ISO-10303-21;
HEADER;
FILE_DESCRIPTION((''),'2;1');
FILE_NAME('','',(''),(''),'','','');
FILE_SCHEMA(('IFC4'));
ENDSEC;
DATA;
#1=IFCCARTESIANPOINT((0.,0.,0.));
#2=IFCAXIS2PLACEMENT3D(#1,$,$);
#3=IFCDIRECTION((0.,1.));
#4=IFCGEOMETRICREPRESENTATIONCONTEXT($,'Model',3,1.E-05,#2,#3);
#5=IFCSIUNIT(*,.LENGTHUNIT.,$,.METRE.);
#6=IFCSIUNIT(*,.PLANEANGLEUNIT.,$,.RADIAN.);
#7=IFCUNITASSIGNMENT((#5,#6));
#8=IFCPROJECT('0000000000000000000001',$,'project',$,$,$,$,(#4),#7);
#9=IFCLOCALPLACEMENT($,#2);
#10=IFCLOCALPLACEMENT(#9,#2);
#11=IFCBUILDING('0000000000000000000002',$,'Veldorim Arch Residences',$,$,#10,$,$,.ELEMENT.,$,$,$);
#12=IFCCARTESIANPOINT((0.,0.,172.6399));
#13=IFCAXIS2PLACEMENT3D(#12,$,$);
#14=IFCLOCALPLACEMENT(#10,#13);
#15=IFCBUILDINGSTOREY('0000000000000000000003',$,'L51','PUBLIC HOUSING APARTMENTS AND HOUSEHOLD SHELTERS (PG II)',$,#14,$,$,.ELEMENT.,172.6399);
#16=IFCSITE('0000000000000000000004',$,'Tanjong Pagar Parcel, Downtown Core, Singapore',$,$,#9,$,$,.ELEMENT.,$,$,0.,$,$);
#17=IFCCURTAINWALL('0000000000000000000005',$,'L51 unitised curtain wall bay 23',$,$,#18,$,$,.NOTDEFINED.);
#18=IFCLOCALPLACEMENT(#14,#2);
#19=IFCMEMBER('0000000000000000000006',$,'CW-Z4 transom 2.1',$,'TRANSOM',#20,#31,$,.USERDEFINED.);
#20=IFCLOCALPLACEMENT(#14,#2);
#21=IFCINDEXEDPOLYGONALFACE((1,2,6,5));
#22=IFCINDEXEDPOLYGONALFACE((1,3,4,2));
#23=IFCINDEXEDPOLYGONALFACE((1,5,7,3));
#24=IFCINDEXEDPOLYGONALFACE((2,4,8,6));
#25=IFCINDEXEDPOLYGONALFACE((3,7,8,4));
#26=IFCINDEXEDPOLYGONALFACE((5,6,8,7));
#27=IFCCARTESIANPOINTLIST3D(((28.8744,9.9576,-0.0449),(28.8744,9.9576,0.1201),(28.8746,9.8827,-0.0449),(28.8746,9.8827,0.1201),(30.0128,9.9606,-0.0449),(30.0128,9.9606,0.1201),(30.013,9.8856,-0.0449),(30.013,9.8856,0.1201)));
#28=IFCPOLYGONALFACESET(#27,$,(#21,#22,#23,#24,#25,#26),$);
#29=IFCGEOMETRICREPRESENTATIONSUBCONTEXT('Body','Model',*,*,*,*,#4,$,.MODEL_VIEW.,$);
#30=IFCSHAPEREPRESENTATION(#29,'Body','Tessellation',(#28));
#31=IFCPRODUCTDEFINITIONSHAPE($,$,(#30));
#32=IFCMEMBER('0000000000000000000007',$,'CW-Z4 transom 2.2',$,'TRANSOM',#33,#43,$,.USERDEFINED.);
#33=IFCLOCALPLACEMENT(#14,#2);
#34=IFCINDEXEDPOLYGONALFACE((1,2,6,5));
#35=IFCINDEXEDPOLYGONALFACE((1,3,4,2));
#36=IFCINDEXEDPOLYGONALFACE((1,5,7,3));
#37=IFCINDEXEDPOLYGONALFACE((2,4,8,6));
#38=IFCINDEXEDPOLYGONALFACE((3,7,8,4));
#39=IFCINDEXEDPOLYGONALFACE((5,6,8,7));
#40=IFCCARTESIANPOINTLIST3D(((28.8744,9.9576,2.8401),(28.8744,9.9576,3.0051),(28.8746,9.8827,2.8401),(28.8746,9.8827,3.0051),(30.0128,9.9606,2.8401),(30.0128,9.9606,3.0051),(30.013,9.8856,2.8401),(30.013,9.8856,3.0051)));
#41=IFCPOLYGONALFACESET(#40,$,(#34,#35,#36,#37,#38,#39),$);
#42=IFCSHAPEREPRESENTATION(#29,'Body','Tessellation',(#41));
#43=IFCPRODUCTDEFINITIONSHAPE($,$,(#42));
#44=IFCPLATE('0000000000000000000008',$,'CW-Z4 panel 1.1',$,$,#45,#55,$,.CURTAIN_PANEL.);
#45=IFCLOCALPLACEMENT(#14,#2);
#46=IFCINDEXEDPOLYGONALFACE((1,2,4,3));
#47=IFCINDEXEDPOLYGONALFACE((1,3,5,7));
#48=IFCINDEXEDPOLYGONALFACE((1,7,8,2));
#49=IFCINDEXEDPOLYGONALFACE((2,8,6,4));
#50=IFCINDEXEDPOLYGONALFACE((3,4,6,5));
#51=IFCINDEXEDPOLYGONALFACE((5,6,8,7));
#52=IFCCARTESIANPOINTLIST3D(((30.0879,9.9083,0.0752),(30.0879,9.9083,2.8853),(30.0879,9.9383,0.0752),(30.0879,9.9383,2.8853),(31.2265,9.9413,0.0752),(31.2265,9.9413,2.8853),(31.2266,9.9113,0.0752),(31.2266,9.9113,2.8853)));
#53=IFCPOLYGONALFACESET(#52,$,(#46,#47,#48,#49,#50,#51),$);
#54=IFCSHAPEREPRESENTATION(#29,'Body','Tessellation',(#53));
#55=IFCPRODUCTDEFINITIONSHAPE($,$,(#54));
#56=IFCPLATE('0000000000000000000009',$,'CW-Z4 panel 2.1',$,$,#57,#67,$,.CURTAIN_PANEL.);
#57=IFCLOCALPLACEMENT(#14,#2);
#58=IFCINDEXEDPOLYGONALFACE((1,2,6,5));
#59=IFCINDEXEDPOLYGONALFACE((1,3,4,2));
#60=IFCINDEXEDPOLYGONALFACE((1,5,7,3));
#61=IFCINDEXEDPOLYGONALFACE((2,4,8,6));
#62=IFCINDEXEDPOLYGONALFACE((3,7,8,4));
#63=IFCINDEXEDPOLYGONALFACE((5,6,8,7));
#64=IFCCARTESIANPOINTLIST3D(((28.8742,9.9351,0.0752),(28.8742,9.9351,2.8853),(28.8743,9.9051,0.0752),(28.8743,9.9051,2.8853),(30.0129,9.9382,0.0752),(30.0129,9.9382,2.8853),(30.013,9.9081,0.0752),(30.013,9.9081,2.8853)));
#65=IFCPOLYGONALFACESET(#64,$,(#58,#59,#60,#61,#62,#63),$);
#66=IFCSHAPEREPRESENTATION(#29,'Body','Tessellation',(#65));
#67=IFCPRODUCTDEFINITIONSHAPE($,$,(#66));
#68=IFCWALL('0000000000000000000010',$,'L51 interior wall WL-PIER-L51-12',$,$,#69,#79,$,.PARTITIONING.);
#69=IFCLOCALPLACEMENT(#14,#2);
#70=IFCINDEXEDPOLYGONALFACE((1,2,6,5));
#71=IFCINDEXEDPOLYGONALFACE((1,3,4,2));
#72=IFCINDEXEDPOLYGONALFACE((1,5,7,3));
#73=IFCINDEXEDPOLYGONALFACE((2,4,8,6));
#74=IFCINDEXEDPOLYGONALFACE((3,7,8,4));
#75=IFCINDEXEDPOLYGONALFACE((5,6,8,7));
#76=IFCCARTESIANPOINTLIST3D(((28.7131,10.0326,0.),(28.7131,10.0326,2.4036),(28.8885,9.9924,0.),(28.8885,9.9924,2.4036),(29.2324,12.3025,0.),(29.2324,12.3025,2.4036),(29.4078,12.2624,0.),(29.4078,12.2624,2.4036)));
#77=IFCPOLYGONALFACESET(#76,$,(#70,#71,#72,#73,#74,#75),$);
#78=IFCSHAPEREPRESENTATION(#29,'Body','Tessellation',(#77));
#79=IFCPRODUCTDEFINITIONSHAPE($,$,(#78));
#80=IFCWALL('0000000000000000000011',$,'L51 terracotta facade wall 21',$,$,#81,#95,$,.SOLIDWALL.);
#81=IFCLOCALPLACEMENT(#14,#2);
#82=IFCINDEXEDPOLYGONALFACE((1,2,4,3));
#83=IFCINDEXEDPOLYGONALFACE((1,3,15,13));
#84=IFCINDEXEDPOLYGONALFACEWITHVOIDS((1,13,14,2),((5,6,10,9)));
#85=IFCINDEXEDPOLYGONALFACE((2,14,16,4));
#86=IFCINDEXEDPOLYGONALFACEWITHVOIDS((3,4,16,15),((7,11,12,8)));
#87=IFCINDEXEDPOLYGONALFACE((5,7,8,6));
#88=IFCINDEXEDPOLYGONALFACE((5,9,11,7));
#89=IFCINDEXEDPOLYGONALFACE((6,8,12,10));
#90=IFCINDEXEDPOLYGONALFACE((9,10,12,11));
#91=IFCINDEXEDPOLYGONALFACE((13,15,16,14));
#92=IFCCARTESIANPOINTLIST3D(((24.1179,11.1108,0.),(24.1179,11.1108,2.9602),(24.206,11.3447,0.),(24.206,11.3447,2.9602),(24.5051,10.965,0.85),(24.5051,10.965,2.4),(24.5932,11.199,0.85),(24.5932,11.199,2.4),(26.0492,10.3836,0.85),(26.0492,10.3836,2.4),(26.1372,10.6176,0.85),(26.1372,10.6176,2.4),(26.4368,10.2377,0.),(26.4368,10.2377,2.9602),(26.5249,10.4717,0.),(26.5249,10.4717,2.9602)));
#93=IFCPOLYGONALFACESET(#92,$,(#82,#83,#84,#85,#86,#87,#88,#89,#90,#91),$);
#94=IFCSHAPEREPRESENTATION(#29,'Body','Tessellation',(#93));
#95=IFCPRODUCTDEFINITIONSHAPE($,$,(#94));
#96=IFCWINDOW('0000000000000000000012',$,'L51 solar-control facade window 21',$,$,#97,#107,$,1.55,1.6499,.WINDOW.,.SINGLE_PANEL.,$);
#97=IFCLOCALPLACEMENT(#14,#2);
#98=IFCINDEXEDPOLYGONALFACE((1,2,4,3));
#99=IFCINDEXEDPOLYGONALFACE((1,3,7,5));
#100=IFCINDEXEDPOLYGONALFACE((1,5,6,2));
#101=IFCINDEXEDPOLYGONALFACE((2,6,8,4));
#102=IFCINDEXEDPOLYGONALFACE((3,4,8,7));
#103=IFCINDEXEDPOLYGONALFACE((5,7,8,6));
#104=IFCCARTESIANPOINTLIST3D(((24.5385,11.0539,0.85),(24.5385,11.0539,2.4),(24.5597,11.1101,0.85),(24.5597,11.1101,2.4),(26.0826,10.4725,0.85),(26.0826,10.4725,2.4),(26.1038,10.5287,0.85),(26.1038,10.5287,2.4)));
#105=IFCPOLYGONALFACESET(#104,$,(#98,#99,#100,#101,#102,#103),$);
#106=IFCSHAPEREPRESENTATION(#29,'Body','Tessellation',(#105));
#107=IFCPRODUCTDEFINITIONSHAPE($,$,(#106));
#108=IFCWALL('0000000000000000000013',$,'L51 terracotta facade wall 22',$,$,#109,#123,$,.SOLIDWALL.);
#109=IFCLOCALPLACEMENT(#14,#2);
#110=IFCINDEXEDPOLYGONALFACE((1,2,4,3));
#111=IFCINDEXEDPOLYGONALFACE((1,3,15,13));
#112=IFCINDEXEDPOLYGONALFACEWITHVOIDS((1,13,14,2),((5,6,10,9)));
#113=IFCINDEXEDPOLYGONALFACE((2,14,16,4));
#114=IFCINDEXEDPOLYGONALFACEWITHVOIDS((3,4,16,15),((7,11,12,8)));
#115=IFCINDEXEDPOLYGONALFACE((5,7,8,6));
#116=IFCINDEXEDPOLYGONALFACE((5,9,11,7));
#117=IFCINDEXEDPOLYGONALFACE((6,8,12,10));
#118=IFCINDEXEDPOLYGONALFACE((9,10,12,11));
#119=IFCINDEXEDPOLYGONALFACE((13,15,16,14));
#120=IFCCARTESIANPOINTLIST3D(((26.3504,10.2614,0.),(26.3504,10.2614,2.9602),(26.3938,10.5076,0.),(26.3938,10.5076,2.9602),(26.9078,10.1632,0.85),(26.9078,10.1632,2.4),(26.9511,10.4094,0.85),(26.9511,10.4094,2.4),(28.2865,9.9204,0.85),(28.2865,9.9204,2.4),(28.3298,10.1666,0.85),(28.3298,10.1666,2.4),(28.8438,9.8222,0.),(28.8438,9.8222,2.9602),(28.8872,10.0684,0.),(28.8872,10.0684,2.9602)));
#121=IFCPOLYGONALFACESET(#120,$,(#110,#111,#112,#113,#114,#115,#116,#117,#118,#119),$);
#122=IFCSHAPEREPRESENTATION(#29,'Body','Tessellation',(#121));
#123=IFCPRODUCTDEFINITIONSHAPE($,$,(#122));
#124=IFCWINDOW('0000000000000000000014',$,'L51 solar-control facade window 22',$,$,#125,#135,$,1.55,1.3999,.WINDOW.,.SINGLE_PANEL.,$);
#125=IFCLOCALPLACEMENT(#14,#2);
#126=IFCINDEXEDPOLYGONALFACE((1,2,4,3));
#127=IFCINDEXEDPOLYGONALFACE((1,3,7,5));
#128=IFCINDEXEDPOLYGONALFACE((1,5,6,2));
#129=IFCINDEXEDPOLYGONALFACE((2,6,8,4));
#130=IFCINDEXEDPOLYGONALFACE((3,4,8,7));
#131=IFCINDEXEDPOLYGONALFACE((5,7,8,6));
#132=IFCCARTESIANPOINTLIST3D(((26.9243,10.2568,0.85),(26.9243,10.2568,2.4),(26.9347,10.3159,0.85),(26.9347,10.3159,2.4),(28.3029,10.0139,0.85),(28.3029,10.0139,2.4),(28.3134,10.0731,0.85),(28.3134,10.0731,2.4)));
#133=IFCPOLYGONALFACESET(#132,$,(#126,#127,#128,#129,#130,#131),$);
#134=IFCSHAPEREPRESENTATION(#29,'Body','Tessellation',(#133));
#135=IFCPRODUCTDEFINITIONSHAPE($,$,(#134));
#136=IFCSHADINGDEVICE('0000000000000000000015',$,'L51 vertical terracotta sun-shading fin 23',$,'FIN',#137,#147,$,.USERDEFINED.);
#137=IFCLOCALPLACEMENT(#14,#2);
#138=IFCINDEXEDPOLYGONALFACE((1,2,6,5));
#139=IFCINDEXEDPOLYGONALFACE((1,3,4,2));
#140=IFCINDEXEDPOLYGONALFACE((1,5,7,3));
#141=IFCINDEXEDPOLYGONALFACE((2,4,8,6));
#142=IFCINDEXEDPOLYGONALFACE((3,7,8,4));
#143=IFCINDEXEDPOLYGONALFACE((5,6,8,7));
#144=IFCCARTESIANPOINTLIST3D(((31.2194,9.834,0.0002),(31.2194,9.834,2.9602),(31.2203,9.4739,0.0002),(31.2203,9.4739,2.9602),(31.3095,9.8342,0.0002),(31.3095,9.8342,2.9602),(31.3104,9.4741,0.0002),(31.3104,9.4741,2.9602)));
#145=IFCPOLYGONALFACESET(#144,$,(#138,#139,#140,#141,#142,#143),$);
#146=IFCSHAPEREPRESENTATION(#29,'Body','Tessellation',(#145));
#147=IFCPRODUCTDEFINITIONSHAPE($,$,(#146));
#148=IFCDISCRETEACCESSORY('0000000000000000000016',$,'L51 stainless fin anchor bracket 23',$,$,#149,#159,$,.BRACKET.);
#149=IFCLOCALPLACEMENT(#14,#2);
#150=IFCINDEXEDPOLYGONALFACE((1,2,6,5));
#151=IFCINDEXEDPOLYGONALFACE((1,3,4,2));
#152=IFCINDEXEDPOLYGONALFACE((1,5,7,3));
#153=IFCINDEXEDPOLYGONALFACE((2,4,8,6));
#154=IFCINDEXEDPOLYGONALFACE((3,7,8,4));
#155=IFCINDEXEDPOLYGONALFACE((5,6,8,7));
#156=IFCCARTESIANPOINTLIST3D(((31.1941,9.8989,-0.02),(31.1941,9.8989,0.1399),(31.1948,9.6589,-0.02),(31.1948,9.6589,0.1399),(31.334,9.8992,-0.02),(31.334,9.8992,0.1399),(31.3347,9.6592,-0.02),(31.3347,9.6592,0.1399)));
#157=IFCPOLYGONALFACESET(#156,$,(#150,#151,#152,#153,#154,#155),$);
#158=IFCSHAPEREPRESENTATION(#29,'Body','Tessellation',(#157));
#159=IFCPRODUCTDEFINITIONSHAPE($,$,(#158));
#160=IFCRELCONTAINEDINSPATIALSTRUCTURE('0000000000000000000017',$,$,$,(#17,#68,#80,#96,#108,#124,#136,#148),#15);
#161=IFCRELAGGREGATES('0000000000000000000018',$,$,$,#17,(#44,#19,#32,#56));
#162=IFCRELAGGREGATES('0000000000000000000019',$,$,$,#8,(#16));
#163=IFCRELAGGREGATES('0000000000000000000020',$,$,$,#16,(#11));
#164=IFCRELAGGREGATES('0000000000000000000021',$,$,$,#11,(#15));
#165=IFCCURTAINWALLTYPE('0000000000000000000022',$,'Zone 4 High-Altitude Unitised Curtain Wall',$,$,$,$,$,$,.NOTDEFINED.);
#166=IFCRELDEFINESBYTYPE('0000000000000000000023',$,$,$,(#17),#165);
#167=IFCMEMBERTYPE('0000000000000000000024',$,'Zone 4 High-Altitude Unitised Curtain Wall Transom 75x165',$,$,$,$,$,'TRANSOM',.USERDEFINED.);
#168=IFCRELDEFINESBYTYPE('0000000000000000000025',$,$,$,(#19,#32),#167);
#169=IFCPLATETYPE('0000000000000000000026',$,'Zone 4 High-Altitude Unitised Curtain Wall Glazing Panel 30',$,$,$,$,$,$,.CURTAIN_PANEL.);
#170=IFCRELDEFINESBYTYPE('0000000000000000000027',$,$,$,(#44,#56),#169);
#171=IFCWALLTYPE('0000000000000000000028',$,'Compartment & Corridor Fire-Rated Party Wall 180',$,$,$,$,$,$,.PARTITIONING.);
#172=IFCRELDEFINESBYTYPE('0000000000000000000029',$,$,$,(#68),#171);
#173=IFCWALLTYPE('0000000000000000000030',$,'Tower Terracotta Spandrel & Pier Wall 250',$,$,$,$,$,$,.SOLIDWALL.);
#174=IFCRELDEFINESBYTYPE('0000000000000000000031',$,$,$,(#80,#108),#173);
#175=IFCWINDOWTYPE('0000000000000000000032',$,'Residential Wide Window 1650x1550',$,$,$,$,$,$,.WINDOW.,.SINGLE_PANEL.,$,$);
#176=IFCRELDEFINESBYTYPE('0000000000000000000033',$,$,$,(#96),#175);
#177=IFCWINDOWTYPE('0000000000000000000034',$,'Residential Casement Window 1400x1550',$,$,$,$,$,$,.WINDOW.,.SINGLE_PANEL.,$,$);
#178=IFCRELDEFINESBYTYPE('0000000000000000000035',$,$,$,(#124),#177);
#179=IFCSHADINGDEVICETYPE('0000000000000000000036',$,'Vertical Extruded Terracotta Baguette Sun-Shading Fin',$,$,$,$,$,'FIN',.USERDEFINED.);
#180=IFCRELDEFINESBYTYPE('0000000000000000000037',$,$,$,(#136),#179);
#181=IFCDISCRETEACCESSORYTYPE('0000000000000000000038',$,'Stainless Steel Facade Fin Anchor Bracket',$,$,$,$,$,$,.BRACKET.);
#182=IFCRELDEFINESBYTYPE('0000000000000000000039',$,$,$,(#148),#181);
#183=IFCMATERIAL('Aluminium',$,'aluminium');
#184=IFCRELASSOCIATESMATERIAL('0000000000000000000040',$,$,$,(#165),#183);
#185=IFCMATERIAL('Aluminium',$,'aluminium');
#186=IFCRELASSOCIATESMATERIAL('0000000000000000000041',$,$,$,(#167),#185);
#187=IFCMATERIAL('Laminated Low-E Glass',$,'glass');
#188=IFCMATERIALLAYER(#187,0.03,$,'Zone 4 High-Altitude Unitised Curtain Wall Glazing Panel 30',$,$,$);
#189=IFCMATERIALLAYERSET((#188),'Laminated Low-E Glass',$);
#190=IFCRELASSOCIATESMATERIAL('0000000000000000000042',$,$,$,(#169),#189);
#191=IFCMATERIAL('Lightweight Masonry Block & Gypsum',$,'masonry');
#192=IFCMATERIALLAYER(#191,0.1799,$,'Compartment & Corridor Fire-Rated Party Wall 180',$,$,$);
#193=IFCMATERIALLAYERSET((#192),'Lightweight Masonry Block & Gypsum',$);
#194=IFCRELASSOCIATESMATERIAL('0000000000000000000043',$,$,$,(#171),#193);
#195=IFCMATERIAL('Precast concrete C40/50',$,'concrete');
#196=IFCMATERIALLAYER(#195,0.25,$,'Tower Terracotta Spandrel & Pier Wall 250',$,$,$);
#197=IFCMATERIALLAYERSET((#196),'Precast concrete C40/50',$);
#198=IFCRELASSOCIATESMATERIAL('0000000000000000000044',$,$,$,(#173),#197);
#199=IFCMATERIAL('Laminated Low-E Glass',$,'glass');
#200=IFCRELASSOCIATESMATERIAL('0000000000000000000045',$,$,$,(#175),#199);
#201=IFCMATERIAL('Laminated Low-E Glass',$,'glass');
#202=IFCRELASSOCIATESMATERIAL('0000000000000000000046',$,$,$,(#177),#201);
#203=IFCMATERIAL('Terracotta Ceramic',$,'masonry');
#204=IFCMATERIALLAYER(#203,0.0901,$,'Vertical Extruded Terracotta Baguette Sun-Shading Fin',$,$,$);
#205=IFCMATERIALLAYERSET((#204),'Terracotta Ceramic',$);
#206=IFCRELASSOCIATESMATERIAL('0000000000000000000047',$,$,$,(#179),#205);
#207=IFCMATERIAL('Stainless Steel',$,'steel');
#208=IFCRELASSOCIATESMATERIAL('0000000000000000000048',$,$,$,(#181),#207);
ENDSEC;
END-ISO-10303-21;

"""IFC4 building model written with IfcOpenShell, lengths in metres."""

from ifc_helpers import new_model, si_unit, direction, frame, frame_2d, origin, origin_2d, place, context, subcontext, project, spatial, rectangle, extrude, material, layer, layer_set, material_profile, profile_set, type_object, element, fill, aggregate, save


model = new_model("IFC4")

# Units and contexts
model_context = context("Model", 3, precision=1e-05, world=origin(), true_north=direction((0.0, 1.0)))
body_context = subcontext(model_context, "Body", "Model", "MODEL_VIEW")
ifc_project = project(units=[si_unit("LENGTHUNIT", "METRE"), si_unit("PLANEANGLEUNIT", "RADIAN")], contexts=[model_context])

# Site, building, storey
site_placement = place(None, origin())
site = spatial("IfcSite", under=ifc_project, at=site_placement, Name="Tanjong Pagar Parcel, Downtown Core, Singapore", CompositionType="ELEMENT", RefElevation=0.0)
building_placement = place(site_placement, origin())
building = spatial("IfcBuilding", under=site, at=building_placement, Name="Veldorim Arch Residences", CompositionType="ELEMENT")
storey_placement = place(building_placement, frame((0.0, 0.0, 172.6399)))
storey = spatial("IfcBuildingStorey", under=building, at=storey_placement, Name="L51", Description="PUBLIC HOUSING APARTMENTS AND HOUSEHOLD SHELTERS (PG II)", CompositionType="ELEMENT", Elevation=172.6399)

# Curtain wall, members, plates
ifc_material_1 = material(Name="Aluminium", Category="aluminium")
curtain_wall_type = type_object("IfcCurtainWallType", Name="Zone 4 High-Altitude Unitised Curtain Wall", PredefinedType="NOTDEFINED", material=ifc_material_1)
curtain_wall_placement = place(storey_placement, origin())
curtain_wall = element("IfcCurtainWall", 1, at=curtain_wall_placement, inside=storey, type_object=curtain_wall_type, Name="L51 unitised curtain wall bay 23", PredefinedType="NOTDEFINED")
ifc_material_2 = material(Name="Aluminium", Category="aluminium")
ifc_material_profile_1 = material_profile(ifc_material_2, rectangle(XDim=0.075, YDim=0.165, at=origin_2d()), Name="ALU_TRN_75x165")
ifc_profile_set_1 = profile_set([ifc_material_profile_1], Name="Aluminium")
member_type_1 = type_object("IfcMemberType", Name="Zone 4 High-Altitude Unitised Curtain Wall Transom 75x165", ElementType="TRANSOM", PredefinedType="USERDEFINED", material=ifc_profile_set_1)
member_1_placement = place(storey_placement, frame((30.0129, 9.9231, 0.0376), z_axis=(-0.999997, -0.002573, 0.0), x_axis=(0.002573, -0.999997, 0.0)))
member_1 = element("IfcMember", 2, at=member_1_placement, type_object=member_type_1, Name="CW-Z4 transom 2.1", ObjectType="TRANSOM", PredefinedType="USERDEFINED", context=body_context, shape_type="SweptSolid", body=[
    extrude(rectangle(XDim=0.075, YDim=0.165, at=origin_2d()), origin(), (0.0, 0.0, 1.0), 1.1384),
])
member_2_placement = place(storey_placement, frame((30.0129, 9.9231, 2.9226), z_axis=(-0.999997, -0.002573, 0.0), x_axis=(0.002573, -0.999997, 0.0)))
member_2 = element("IfcMember", 3, at=member_2_placement, type_object=member_type_1, Name="CW-Z4 transom 2.2", ObjectType="TRANSOM", PredefinedType="USERDEFINED", context=body_context, shape_type="SweptSolid", body=[
    extrude(rectangle(XDim=0.075, YDim=0.165, at=origin_2d()), origin(), (0.0, 0.0, 1.0), 1.1384),
])
ifc_material_3 = material(Name="Laminated Low-E Glass", Category="glass")
ifc_layer_1 = layer(ifc_material_3, 0.03, Name="Zone 4 High-Altitude Unitised Curtain Wall Glazing Panel 30")
ifc_layer_set_1 = layer_set([ifc_layer_1], Name="Laminated Low-E Glass")
plate_type = type_object("IfcPlateType", Name="Zone 4 High-Altitude Unitised Curtain Wall Glazing Panel 30", PredefinedType="CURTAIN_PANEL", material=ifc_layer_set_1)
plate_1_placement = place(storey_placement, frame((30.6572, 9.9248, 0.0752), z_axis=(0.0, 0.0, 1.0), x_axis=(-0.999996, -0.002678, 0.0)))
plate_1 = element("IfcPlate", 4, at=plate_1_placement, type_object=plate_type, Name="CW-Z4 panel 1.1", PredefinedType="CURTAIN_PANEL", context=body_context, shape_type="SweptSolid", body=[
    extrude(rectangle(XDim=1.1387, YDim=0.03, at=origin_2d()), origin(), (0.0, 0.0, 1.0), 2.8101),
])
plate_2_placement = place(storey_placement, frame((29.4436, 9.9216, 0.0752), z_axis=(0.0, 0.0, 1.0), x_axis=(-0.999996, -0.002678, 0.0)))
plate_2 = element("IfcPlate", 5, at=plate_2_placement, type_object=plate_type, Name="CW-Z4 panel 2.1", PredefinedType="CURTAIN_PANEL", context=body_context, shape_type="SweptSolid", body=[
    extrude(rectangle(XDim=1.1387, YDim=0.03, at=origin_2d()), origin(), (0.0, 0.0, 1.0), 2.8101),
])
aggregate(curtain_wall, [plate_1, member_1, member_2, plate_2])

# Wall
ifc_material_4 = material(Name="Lightweight Masonry Block & Gypsum", Category="masonry")
ifc_layer_2 = layer(ifc_material_4, 0.1799, Name="Compartment & Corridor Fire-Rated Party Wall 180")
ifc_layer_set_2 = layer_set([ifc_layer_2], Name="Lightweight Masonry Block & Gypsum")
wall_type_1 = type_object("IfcWallType", Name="Compartment & Corridor Fire-Rated Party Wall 180", PredefinedType="PARTITIONING", material=ifc_layer_set_2)
wall_1_placement = place(storey_placement, frame((29.3201, 12.2825, 0.0), z_axis=(0.0, 0.0, 1.0), x_axis=(-0.222998, -0.974819, 0.0)))
element("IfcWall", 6, at=wall_1_placement, inside=storey, type_object=wall_type_1, Name="L51 interior wall WL-PIER-L51-12", PredefinedType="PARTITIONING", context=body_context, shape_type="SweptSolid", body=[
    extrude(rectangle(XDim=2.3286, YDim=0.1799, at=frame_2d((1.1643, 0.0))), origin(), (0.0, 0.0, 1.0), 2.4036),
])

# Walls, openings, windows
ifc_material_5 = material(Name="Precast concrete C40/50", Category="concrete")
ifc_layer_3 = layer(ifc_material_5, 0.25, Name="Tower Terracotta Spandrel & Pier Wall 250")
ifc_layer_set_3 = layer_set([ifc_layer_3], Name="Precast concrete C40/50")
wall_type_2 = type_object("IfcWallType", Name="Tower Terracotta Spandrel & Pier Wall 250", PredefinedType="SOLIDWALL", material=ifc_layer_set_3)
wall_2_placement = place(storey_placement, frame((26.4807, 10.3547, 0.0), z_axis=(0.0, 0.0, 1.0), x_axis=(-0.935867, 0.352354, 0.0)))
wall_2 = element("IfcWall", 7, at=wall_2_placement, inside=storey, type_object=wall_type_2, Name="L51 terracotta facade wall 21", PredefinedType="SOLIDWALL", context=body_context, shape_type="SweptSolid", body=[
    extrude(rectangle(XDim=2.4778, YDim=0.25, at=frame_2d((1.2388, 0.0))), origin(), (0.0, 0.0, 1.0), 2.9602),
])
opening_1_placement = place(wall_2_placement, frame((0.4141, 0.0, 0.8501)))
opening_1 = element("IfcOpeningElement", 8, at=opening_1_placement, cuts=wall_2, PredefinedType="OPENING", context=body_context, shape_type="SweptSolid", body=[
    extrude(rectangle(XDim=1.6499, YDim=1.55, at=frame_2d((0.825, 0.7749))), frame((0.0, 0.135, 0.0), z_axis=(0.0, -1.0, 0.0), x_axis=(1.0, 0.0, 0.0)), (0.0, 0.0, 1.0), 0.27),
])
ifc_material_6 = material(Name="Laminated Low-E Glass", Category="glass")
window_type_1 = type_object("IfcWindowType", Name="Residential Wide Window 1650x1550", PartitioningType="SINGLE_PANEL", PredefinedType="WINDOW", material=ifc_material_6)
window_1_placement = place(opening_1_placement, origin())
window_1 = element("IfcWindow", 9, at=window_1_placement, inside=storey, type_object=window_type_1, Name="L51 solar-control facade window 21", OverallHeight=1.55, OverallWidth=1.6499, PartitioningType="SINGLE_PANEL", PredefinedType="WINDOW", context=body_context, shape_type="SweptSolid", body=[
    extrude(rectangle(XDim=1.6499, YDim=1.55, at=frame_2d((0.825, 0.7749))), frame((0.0, 0.03, 0.0), z_axis=(0.0, -1.0, 0.0), x_axis=(1.0, 0.0, 0.0)), (0.0, 0.0, 1.0), 0.0601),
])
fill(opening_1, window_1)
wall_3_placement = place(storey_placement, frame((28.8655, 9.9453, 0.0), z_axis=(0.0, 0.0, 1.0), x_axis=(-0.984838, 0.173477, 0.0)))
wall_3 = element("IfcWall", 10, at=wall_3_placement, inside=storey, type_object=wall_type_2, Name="L51 terracotta facade wall 22", PredefinedType="SOLIDWALL", context=body_context, shape_type="SweptSolid", body=[
    extrude(rectangle(XDim=2.5317, YDim=0.25, at=frame_2d((1.2659, 0.0))), origin(), (0.0, 0.0, 1.0), 2.9602),
])
opening_2_placement = place(wall_3_placement, frame((0.5659, 0.0, 0.8501)))
opening_2 = element("IfcOpeningElement", 11, at=opening_2_placement, cuts=wall_3, PredefinedType="OPENING", context=body_context, shape_type="SweptSolid", body=[
    extrude(rectangle(XDim=1.3999, YDim=1.55, at=frame_2d((0.7, 0.7749))), frame((0.0, 0.135, 0.0), z_axis=(0.0, -1.0, 0.0), x_axis=(1.0, 0.0, 0.0)), (0.0, 0.0, 1.0), 0.27),
])
ifc_material_7 = material(Name="Laminated Low-E Glass", Category="glass")
window_type_2 = type_object("IfcWindowType", Name="Residential Casement Window 1400x1550", PartitioningType="SINGLE_PANEL", PredefinedType="WINDOW", material=ifc_material_7)
window_2_placement = place(opening_2_placement, origin())
window_2 = element("IfcWindow", 12, at=window_2_placement, inside=storey, type_object=window_type_2, Name="L51 solar-control facade window 22", OverallHeight=1.55, OverallWidth=1.3999, PartitioningType="SINGLE_PANEL", PredefinedType="WINDOW", context=body_context, shape_type="SweptSolid", body=[
    extrude(rectangle(XDim=1.3999, YDim=1.55, at=frame_2d((0.7, 0.7749))), frame((0.0, 0.03, 0.0), z_axis=(0.0, -1.0, 0.0), x_axis=(1.0, 0.0, 0.0)), (0.0, 0.0, 1.0), 0.0601),
])
fill(opening_2, window_2)

# Shading device
ifc_material_8 = material(Name="Terracotta Ceramic", Category="masonry")
ifc_layer_4 = layer(ifc_material_8, 0.0901, Name="Vertical Extruded Terracotta Baguette Sun-Shading Fin")
ifc_layer_set_4 = layer_set([ifc_layer_4], Name="Terracotta Ceramic")
shading_device_type = type_object("IfcShadingDeviceType", Name="Vertical Extruded Terracotta Baguette Sun-Shading Fin", ElementType="FIN", PredefinedType="USERDEFINED", material=ifc_layer_set_4)
shading_device_placement = place(storey_placement, frame((31.2649, 9.6541, 0.0002), z_axis=(0.0, 0.0, 1.0), x_axis=(-0.999997, -0.002618, 0.0)))
element("IfcShadingDevice", 13, at=shading_device_placement, inside=storey, type_object=shading_device_type, Name="L51 vertical terracotta sun-shading fin 23", ObjectType="FIN", PredefinedType="USERDEFINED", context=body_context, shape_type="SweptSolid", body=[
    extrude(rectangle(XDim=0.0901, YDim=0.3601, at=origin_2d()), origin(), (0.0, 0.0, 1.0), 2.96),
])

# Discrete accessory
ifc_material_9 = material(Name="Stainless Steel", Category="steel")
discrete_accessory_type = type_object("IfcDiscreteAccessoryType", Name="Stainless Steel Facade Fin Anchor Bracket", PredefinedType="BRACKET", material=ifc_material_9)
discrete_accessory_placement = place(storey_placement, frame((31.2644, 9.7791, -0.02), z_axis=(0.0, 0.0, 1.0), x_axis=(-0.999997, -0.002618, 0.0)))
element("IfcDiscreteAccessory", 14, at=discrete_accessory_placement, inside=storey, type_object=discrete_accessory_type, Name="L51 stainless fin anchor bracket 23", PredefinedType="BRACKET", context=body_context, shape_type="SweptSolid", body=[
    extrude(rectangle(XDim=0.1399, YDim=0.24, at=origin_2d()), origin(), (0.0, 0.0, 1.0), 0.1599),
])

save(model, "model.ifc")
